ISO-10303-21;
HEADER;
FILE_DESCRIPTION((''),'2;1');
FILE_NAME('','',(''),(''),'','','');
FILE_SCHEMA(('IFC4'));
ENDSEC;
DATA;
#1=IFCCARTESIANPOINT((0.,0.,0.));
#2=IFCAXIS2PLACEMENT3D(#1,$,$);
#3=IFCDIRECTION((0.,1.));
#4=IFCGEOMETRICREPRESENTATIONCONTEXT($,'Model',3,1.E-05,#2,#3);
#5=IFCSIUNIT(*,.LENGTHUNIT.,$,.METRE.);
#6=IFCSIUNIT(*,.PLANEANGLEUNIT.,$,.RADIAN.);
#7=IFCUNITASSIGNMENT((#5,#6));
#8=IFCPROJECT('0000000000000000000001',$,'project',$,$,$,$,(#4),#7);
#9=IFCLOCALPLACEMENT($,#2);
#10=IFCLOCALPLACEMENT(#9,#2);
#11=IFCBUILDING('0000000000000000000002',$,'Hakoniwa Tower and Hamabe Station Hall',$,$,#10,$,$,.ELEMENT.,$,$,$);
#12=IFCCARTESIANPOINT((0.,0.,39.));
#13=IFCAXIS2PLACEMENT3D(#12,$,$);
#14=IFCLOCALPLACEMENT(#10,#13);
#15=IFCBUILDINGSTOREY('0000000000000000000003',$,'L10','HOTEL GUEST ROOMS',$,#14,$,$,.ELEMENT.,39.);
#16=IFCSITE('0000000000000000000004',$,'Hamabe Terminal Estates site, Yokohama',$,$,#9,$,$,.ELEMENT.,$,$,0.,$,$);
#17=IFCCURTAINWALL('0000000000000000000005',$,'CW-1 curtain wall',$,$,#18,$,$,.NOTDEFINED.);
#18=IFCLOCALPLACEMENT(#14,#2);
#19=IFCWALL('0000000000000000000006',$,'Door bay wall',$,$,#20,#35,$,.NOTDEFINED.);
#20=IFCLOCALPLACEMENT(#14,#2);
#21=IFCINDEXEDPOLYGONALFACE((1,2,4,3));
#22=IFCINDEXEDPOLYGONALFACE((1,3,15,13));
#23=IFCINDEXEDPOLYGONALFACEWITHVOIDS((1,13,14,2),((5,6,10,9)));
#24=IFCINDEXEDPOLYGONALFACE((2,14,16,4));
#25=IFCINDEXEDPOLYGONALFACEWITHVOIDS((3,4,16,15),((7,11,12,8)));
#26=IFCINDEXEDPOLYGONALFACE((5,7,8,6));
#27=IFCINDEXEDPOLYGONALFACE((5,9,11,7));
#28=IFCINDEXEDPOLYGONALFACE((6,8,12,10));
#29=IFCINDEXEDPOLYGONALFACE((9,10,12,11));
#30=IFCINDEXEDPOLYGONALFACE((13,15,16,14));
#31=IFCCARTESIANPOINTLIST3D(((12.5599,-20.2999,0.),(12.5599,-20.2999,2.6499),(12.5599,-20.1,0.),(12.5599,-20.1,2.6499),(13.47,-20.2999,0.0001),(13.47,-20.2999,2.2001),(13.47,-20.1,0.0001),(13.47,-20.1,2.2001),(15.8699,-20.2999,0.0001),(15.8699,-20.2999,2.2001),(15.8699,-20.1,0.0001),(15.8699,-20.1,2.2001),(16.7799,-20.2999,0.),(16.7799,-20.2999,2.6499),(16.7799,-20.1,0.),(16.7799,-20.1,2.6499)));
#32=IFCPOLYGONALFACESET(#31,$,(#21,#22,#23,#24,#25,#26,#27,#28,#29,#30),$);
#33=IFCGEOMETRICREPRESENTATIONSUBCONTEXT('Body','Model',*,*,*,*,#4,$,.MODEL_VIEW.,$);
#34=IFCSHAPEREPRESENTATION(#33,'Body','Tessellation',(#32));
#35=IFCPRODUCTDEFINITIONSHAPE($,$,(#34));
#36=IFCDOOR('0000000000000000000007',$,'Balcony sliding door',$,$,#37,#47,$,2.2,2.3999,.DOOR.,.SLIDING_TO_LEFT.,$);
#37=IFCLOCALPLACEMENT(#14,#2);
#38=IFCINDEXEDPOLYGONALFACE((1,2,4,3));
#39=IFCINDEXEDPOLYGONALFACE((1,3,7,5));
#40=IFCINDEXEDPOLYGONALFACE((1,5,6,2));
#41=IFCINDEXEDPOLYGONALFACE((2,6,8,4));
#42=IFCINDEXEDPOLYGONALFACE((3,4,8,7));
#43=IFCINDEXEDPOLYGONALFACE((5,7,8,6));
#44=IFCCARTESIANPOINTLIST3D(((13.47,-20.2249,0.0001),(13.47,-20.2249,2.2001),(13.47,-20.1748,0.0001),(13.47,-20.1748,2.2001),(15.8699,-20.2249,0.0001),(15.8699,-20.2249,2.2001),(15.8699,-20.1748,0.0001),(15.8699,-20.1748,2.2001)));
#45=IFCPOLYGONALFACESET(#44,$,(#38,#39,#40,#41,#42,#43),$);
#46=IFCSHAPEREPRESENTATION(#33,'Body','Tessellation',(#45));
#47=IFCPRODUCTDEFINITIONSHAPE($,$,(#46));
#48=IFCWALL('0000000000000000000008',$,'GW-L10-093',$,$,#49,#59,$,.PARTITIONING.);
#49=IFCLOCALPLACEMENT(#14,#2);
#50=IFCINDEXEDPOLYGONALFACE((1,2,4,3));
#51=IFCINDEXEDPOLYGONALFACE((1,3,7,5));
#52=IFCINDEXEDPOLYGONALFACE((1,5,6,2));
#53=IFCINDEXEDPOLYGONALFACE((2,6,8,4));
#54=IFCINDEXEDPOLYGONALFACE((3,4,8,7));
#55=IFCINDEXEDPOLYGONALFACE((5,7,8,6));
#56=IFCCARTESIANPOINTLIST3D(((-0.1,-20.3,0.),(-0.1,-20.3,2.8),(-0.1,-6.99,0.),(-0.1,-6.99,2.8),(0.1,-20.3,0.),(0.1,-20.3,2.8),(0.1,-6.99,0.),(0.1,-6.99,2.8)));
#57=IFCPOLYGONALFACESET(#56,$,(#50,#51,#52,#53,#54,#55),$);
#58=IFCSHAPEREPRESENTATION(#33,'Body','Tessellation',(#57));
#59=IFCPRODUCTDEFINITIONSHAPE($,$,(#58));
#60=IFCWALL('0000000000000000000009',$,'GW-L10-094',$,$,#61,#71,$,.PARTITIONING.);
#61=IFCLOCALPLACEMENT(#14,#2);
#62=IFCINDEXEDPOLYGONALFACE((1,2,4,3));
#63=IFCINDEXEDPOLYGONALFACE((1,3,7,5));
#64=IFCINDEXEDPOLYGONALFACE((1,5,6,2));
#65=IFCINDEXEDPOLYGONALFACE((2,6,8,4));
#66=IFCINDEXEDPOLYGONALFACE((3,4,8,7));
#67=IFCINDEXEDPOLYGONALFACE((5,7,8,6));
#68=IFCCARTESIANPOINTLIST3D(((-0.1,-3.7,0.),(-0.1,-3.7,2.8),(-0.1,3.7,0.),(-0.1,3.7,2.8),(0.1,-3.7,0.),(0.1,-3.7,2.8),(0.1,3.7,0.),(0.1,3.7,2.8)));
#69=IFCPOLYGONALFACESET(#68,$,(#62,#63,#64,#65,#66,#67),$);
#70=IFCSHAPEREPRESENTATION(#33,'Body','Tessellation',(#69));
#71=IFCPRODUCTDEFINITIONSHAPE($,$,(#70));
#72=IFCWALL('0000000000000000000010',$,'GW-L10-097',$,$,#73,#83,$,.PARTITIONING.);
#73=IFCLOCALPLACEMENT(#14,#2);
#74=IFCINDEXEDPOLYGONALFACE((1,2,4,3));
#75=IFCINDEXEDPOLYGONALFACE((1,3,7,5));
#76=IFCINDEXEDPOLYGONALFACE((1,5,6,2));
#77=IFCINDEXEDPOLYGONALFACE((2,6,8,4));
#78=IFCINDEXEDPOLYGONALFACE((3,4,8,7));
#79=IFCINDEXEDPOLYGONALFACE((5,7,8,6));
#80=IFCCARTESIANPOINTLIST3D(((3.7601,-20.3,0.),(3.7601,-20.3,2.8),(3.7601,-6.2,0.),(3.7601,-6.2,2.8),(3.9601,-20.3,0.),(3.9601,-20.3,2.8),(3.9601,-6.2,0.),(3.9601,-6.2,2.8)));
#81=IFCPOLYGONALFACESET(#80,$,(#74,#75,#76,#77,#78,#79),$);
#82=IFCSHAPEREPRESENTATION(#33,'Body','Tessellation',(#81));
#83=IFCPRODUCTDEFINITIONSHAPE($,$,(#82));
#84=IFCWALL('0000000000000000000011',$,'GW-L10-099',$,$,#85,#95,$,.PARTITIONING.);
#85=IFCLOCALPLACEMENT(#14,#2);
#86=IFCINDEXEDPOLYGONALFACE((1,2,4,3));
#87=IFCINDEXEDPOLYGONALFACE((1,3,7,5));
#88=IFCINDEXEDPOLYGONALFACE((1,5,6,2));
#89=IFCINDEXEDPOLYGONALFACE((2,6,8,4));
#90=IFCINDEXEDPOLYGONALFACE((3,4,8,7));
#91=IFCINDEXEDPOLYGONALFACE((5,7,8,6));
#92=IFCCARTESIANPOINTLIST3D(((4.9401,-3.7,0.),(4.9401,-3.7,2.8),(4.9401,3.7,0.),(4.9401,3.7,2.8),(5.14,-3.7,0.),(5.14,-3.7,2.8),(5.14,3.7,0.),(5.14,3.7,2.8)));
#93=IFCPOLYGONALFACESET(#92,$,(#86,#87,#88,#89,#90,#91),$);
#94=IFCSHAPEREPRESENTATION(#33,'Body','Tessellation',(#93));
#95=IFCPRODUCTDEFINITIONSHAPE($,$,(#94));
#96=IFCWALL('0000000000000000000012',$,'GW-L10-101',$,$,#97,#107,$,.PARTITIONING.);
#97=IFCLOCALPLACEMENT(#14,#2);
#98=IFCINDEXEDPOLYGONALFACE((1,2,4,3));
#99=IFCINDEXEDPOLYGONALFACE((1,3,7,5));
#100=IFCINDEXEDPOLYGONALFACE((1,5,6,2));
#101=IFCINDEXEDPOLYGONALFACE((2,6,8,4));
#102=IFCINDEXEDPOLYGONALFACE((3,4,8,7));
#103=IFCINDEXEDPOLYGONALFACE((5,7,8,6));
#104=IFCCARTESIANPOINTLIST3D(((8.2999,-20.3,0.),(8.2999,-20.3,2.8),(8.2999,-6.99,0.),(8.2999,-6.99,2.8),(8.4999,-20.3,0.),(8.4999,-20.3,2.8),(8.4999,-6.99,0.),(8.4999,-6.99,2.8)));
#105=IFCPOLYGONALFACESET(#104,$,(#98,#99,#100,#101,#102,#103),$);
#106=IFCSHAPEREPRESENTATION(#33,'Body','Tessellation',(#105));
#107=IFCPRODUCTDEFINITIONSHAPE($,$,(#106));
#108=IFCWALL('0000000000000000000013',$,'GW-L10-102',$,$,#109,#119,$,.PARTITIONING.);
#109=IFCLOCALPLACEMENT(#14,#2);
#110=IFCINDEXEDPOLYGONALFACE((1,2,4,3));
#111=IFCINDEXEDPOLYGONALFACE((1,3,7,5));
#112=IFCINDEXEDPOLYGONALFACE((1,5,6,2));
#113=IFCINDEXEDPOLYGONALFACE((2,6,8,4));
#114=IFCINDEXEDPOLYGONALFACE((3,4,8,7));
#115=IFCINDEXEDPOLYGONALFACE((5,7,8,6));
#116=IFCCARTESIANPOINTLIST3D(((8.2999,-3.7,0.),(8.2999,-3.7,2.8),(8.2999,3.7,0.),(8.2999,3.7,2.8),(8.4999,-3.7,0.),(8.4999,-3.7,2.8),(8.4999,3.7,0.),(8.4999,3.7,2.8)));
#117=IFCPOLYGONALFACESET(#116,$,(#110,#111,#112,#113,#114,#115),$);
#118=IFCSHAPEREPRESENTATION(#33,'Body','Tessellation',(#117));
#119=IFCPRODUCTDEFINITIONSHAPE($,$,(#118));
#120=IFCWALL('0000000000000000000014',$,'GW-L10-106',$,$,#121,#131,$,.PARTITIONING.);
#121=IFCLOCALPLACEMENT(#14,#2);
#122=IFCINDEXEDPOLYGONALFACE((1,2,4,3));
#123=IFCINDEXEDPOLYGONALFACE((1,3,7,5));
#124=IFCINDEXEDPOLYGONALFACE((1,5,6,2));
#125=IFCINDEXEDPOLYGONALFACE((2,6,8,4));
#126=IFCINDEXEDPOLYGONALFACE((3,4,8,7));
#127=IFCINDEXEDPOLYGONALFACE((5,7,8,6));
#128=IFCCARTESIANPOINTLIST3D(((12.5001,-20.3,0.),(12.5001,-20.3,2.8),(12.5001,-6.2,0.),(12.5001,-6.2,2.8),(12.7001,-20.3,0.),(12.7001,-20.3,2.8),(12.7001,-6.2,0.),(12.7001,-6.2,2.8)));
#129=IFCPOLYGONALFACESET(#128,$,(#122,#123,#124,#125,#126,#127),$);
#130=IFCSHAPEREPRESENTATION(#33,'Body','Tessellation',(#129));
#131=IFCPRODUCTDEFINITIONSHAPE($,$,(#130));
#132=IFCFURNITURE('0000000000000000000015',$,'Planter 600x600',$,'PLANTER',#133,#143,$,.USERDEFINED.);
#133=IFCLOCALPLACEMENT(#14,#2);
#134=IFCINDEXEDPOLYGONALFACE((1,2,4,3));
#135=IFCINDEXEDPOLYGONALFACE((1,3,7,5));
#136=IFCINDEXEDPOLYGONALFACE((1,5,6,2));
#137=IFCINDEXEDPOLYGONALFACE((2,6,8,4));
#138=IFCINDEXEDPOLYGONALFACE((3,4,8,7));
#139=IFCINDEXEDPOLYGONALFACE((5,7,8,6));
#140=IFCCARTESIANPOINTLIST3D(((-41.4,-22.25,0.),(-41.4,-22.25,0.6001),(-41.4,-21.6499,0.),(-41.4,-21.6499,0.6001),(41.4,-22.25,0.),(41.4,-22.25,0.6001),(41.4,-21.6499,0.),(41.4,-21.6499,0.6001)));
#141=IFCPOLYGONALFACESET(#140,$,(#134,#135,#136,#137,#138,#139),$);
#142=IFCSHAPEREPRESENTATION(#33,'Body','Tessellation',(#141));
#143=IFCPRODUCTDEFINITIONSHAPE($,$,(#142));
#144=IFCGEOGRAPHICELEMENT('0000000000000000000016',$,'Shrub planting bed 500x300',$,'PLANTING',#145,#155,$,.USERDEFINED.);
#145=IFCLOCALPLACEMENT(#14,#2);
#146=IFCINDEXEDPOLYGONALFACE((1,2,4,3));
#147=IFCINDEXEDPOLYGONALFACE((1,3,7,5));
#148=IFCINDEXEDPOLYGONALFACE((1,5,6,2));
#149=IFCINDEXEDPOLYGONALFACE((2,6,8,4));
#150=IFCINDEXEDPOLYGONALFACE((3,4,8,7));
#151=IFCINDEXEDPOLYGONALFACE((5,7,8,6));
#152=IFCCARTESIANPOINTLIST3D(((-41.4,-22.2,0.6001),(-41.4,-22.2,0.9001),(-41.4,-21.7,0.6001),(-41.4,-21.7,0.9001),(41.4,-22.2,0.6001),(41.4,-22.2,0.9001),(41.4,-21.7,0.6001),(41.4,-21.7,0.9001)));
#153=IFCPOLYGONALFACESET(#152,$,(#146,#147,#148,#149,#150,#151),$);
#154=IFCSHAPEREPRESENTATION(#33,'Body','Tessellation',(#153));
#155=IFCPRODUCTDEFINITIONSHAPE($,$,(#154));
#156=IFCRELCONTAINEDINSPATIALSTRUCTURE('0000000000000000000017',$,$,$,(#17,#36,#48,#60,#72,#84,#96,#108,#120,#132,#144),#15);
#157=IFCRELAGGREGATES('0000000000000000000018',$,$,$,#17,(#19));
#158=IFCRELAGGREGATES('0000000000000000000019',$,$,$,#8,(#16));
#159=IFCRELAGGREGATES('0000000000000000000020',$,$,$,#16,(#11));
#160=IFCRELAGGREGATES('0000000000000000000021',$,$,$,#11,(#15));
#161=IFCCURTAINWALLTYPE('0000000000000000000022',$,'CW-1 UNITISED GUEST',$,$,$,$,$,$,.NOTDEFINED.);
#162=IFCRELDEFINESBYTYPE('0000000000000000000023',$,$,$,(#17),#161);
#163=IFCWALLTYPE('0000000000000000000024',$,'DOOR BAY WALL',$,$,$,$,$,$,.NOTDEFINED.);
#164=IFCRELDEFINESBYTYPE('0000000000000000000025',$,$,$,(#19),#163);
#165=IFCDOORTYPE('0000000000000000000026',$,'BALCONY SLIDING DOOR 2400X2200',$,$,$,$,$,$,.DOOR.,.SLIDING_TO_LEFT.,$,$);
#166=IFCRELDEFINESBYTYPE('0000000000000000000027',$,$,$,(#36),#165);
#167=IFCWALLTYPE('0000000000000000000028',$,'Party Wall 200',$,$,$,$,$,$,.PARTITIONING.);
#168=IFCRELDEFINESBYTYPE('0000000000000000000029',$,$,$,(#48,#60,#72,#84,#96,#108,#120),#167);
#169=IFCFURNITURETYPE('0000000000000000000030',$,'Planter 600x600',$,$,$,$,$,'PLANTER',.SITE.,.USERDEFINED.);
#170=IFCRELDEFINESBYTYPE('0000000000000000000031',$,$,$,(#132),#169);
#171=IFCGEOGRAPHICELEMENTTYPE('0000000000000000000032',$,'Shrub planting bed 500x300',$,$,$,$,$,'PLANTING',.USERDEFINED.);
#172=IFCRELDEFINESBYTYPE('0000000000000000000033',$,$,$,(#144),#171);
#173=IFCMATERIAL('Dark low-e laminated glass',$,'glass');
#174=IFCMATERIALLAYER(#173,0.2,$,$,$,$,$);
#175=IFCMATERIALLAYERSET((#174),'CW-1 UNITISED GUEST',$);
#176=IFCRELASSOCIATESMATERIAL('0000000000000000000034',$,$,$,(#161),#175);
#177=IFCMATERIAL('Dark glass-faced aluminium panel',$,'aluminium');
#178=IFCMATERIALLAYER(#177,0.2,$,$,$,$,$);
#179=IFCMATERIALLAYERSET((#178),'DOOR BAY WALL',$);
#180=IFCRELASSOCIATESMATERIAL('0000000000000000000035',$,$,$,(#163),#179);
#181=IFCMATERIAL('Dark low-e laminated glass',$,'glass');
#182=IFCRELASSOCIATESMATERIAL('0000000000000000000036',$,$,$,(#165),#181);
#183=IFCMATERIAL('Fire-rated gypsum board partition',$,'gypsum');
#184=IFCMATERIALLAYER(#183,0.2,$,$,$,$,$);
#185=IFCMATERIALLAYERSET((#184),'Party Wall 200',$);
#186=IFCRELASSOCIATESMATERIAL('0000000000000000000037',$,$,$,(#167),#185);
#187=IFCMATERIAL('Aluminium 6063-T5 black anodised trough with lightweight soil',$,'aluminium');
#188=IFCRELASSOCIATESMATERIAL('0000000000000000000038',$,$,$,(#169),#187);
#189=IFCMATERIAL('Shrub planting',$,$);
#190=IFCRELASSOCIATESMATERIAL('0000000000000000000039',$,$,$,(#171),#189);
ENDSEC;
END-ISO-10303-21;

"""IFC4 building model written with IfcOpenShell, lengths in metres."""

from ifc_helpers import new_model, si_unit, direction, frame, frame_2d, origin, origin_2d, place, context, subcontext, project, spatial, rectangle, extrude, material, layer, layer_set, type_object, element, fill, aggregate, save


model = new_model("IFC4")

# Units and contexts
model_context = context("Model", 3, precision=1e-05, world=origin(), true_north=direction((0.0, 1.0)))
body_context = subcontext(model_context, "Body", "Model", "MODEL_VIEW")
ifc_project = project(units=[si_unit("LENGTHUNIT", "METRE"), si_unit("PLANEANGLEUNIT", "RADIAN")], contexts=[model_context])

# Site, building, storey
site_placement = place(None, origin())
site = spatial("IfcSite", under=ifc_project, at=site_placement, Name="Hamabe Terminal Estates site, Yokohama", CompositionType="ELEMENT", RefElevation=0.0)
building_placement = place(site_placement, origin())
building = spatial("IfcBuilding", under=site, at=building_placement, Name="Hakoniwa Tower and Hamabe Station Hall", CompositionType="ELEMENT")
storey_placement = place(building_placement, frame((0.0, 0.0, 39.0)))
storey = spatial("IfcBuildingStorey", under=building, at=storey_placement, Name="L10", Description="HOTEL GUEST ROOMS", CompositionType="ELEMENT", Elevation=39.0)

# Curtain wall
ifc_material_1 = material(Name="Dark low-e laminated glass", Category="glass")
ifc_layer_1 = layer(ifc_material_1, 0.2)
ifc_layer_set_1 = layer_set([ifc_layer_1], Name="CW-1 UNITISED GUEST")
curtain_wall_type = type_object("IfcCurtainWallType", Name="CW-1 UNITISED GUEST", PredefinedType="NOTDEFINED", material=ifc_layer_set_1)
curtain_wall_1_placement = place(storey_placement, origin())
curtain_wall_1 = element("IfcCurtainWall", 1, at=curtain_wall_1_placement, inside=storey, type_object=curtain_wall_type, Name="CW-1 curtain wall", PredefinedType="NOTDEFINED")

# Wall, opening, door
ifc_material_2 = material(Name="Dark glass-faced aluminium panel", Category="aluminium")
ifc_layer_2 = layer(ifc_material_2, 0.2)
ifc_layer_set_2 = layer_set([ifc_layer_2], Name="DOOR BAY WALL")
wall_type_1 = type_object("IfcWallType", Name="DOOR BAY WALL", PredefinedType="NOTDEFINED", material=ifc_layer_set_2)
ifc_material_3 = material(Name="Dark low-e laminated glass", Category="glass")
door_type_1 = type_object("IfcDoorType", Name="BALCONY SLIDING DOOR 2400X2200", OperationType="SLIDING_TO_LEFT", PredefinedType="DOOR", material=ifc_material_3)
wall_1_placement = place(storey_placement, frame((12.5601, -20.2, 0.0), z_axis=(0.0, 0.0, 1.0), x_axis=(1.0, 0.0, 0.0)))
wall_1 = element("IfcWall", 2, at=wall_1_placement, type_object=wall_type_1, Name="Door bay wall", PredefinedType="NOTDEFINED", context=body_context, shape_type="SweptSolid", body=[
    extrude(rectangle(XDim=4.22, YDim=0.2, at=frame_2d((2.1099, 0.0))), origin(), (0.0, 0.0, 1.0), 2.6499),
])
opening_1_placement = place(wall_1_placement, frame((0.9099, 0.0, 0.0)))
opening_1 = element("IfcOpeningElement", 3, at=opening_1_placement, cuts=wall_1, PredefinedType="OPENING", context=body_context, shape_type="SweptSolid", body=[
    extrude(rectangle(XDim=2.3999, YDim=2.2, at=frame_2d((1.2, 1.1001))), frame((0.0, 0.1099, 0.0), z_axis=(0.0, -1.0, 0.0), x_axis=(1.0, 0.0, 0.0)), (0.0, 0.0, 1.0), 0.22),
])
door_1_placement = place(opening_1_placement, frame((2.3999, 0.0, 0.0), z_axis=(0.0, 0.0, 1.0), x_axis=(-1.0, 0.0, 0.0)))
door_1 = element("IfcDoor", 4, at=door_1_placement, inside=storey, type_object=door_type_1, Name="Balcony sliding door", OperationType="SLIDING_TO_LEFT", OverallHeight=2.2, OverallWidth=2.3999, PredefinedType="DOOR", context=body_context, shape_type="SweptSolid", body=[
    extrude(rectangle(XDim=2.3999, YDim=2.2, at=frame_2d((1.2, 1.1001))), frame((0.0, 0.0249, 0.0), z_axis=(0.0, -1.0, 0.0), x_axis=(1.0, 0.0, 0.0)), (0.0, 0.0, 1.0), 0.05),
])
fill(opening_1, door_1)
aggregate(curtain_wall_1, [wall_1])

# Walls
ifc_material_4 = material(Name="Fire-rated gypsum board partition", Category="gypsum")
ifc_layer_3 = layer(ifc_material_4, 0.2)
ifc_layer_set_3 = layer_set([ifc_layer_3], Name="Party Wall 200")
wall_type_2 = type_object("IfcWallType", Name="Party Wall 200", PredefinedType="PARTITIONING", material=ifc_layer_set_3)
wall_2_placement = place(storey_placement, frame((0.0, -20.3, 0.0), z_axis=(0.0, 0.0, 1.0), x_axis=(0.0, 1.0, 0.0)))
element("IfcWall", 5, at=wall_2_placement, inside=storey, type_object=wall_type_2, Name="GW-L10-093", PredefinedType="PARTITIONING", context=body_context, shape_type="SweptSolid", body=[
    extrude(rectangle(XDim=13.3101, YDim=0.2, at=frame_2d((6.655, 0.0))), origin(), (0.0, 0.0, 1.0), 2.8),
])
wall_3_placement = place(storey_placement, frame((0.0, -3.7, 0.0), z_axis=(0.0, 0.0, 1.0), x_axis=(0.0, 1.0, 0.0)))
element("IfcWall", 6, at=wall_3_placement, inside=storey, type_object=wall_type_2, Name="GW-L10-094", PredefinedType="PARTITIONING", context=body_context, shape_type="SweptSolid", body=[
    extrude(rectangle(XDim=7.3999, YDim=0.2, at=frame_2d((3.7, 0.0))), origin(), (0.0, 0.0, 1.0), 2.8),
])
wall_4_placement = place(storey_placement, frame((3.8601, -20.3, 0.0), z_axis=(0.0, 0.0, 1.0), x_axis=(0.0, 1.0, 0.0)))
element("IfcWall", 7, at=wall_4_placement, inside=storey, type_object=wall_type_2, Name="GW-L10-097", PredefinedType="PARTITIONING", context=body_context, shape_type="SweptSolid", body=[
    extrude(rectangle(XDim=14.1001, YDim=0.2, at=frame_2d((7.05, 0.0))), origin(), (0.0, 0.0, 1.0), 2.8),
])
wall_5_placement = place(storey_placement, frame((5.04, -3.7, 0.0), z_axis=(0.0, 0.0, 1.0), x_axis=(0.0, 1.0, 0.0)))
element("IfcWall", 8, at=wall_5_placement, inside=storey, type_object=wall_type_2, Name="GW-L10-099", PredefinedType="PARTITIONING", context=body_context, shape_type="SweptSolid", body=[
    extrude(rectangle(XDim=7.3999, YDim=0.2, at=frame_2d((3.7, 0.0))), origin(), (0.0, 0.0, 1.0), 2.8),
])
wall_6_placement = place(storey_placement, frame((8.3999, -20.3, 0.0), z_axis=(0.0, 0.0, 1.0), x_axis=(0.0, 1.0, 0.0)))
element("IfcWall", 9, at=wall_6_placement, inside=storey, type_object=wall_type_2, Name="GW-L10-101", PredefinedType="PARTITIONING", context=body_context, shape_type="SweptSolid", body=[
    extrude(rectangle(XDim=13.3101, YDim=0.2, at=frame_2d((6.655, 0.0))), origin(), (0.0, 0.0, 1.0), 2.8),
])
wall_7_placement = place(storey_placement, frame((8.3999, -3.7, 0.0), z_axis=(0.0, 0.0, 1.0), x_axis=(0.0, 1.0, 0.0)))
element("IfcWall", 10, at=wall_7_placement, inside=storey, type_object=wall_type_2, Name="GW-L10-102", PredefinedType="PARTITIONING", context=body_context, shape_type="SweptSolid", body=[
    extrude(rectangle(XDim=7.3999, YDim=0.2, at=frame_2d((3.7, 0.0))), origin(), (0.0, 0.0, 1.0), 2.8),
])
wall_8_placement = place(storey_placement, frame((12.6001, -20.3, 0.0), z_axis=(0.0, 0.0, 1.0), x_axis=(0.0, 1.0, 0.0)))
element("IfcWall", 11, at=wall_8_placement, inside=storey, type_object=wall_type_2, Name="GW-L10-106", PredefinedType="PARTITIONING", context=body_context, shape_type="SweptSolid", body=[
    extrude(rectangle(XDim=14.1001, YDim=0.2, at=frame_2d((7.05, 0.0))), origin(), (0.0, 0.0, 1.0), 2.8),
])

# Furniture
ifc_material_5 = material(Name="Aluminium 6063-T5 black anodised trough with lightweight soil", Category="aluminium")
furniture_type = type_object("IfcFurnitureType", Name="Planter 600x600", ElementType="PLANTER", AssemblyPlace="SITE", PredefinedType="USERDEFINED", material=ifc_material_5)
furniture_placement = place(storey_placement, frame((0.0, -21.95, 0.0), z_axis=(0.0, 0.0, 1.0), x_axis=(1.0, 0.0, 0.0)))
element("IfcFurniture", 12, at=furniture_placement, inside=storey, type_object=furniture_type, Name="Planter 600x600", ObjectType="PLANTER", PredefinedType="USERDEFINED", context=body_context, shape_type="SweptSolid", body=[
    extrude(rectangle(XDim=82.8, YDim=0.6001, at=origin_2d()), origin(), (0.0, 0.0, 1.0), 0.6001),
])

# Geographic element
ifc_material_6 = material(Name="Shrub planting")
geographic_element_type = type_object("IfcGeographicElementType", Name="Shrub planting bed 500x300", ElementType="PLANTING", PredefinedType="USERDEFINED", material=ifc_material_6)
geographic_element_placement = place(storey_placement, frame((0.0, -21.95, 0.6001), z_axis=(0.0, 0.0, 1.0), x_axis=(1.0, 0.0, 0.0)))
element("IfcGeographicElement", 13, at=geographic_element_placement, inside=storey, type_object=geographic_element_type, Name="Shrub planting bed 500x300", ObjectType="PLANTING", PredefinedType="USERDEFINED", context=body_context, shape_type="SweptSolid", body=[
    extrude(rectangle(XDim=82.8, YDim=0.5, at=origin_2d()), origin(), (0.0, 0.0, 1.0), 0.3),
])

save(model, "model.ifc")
